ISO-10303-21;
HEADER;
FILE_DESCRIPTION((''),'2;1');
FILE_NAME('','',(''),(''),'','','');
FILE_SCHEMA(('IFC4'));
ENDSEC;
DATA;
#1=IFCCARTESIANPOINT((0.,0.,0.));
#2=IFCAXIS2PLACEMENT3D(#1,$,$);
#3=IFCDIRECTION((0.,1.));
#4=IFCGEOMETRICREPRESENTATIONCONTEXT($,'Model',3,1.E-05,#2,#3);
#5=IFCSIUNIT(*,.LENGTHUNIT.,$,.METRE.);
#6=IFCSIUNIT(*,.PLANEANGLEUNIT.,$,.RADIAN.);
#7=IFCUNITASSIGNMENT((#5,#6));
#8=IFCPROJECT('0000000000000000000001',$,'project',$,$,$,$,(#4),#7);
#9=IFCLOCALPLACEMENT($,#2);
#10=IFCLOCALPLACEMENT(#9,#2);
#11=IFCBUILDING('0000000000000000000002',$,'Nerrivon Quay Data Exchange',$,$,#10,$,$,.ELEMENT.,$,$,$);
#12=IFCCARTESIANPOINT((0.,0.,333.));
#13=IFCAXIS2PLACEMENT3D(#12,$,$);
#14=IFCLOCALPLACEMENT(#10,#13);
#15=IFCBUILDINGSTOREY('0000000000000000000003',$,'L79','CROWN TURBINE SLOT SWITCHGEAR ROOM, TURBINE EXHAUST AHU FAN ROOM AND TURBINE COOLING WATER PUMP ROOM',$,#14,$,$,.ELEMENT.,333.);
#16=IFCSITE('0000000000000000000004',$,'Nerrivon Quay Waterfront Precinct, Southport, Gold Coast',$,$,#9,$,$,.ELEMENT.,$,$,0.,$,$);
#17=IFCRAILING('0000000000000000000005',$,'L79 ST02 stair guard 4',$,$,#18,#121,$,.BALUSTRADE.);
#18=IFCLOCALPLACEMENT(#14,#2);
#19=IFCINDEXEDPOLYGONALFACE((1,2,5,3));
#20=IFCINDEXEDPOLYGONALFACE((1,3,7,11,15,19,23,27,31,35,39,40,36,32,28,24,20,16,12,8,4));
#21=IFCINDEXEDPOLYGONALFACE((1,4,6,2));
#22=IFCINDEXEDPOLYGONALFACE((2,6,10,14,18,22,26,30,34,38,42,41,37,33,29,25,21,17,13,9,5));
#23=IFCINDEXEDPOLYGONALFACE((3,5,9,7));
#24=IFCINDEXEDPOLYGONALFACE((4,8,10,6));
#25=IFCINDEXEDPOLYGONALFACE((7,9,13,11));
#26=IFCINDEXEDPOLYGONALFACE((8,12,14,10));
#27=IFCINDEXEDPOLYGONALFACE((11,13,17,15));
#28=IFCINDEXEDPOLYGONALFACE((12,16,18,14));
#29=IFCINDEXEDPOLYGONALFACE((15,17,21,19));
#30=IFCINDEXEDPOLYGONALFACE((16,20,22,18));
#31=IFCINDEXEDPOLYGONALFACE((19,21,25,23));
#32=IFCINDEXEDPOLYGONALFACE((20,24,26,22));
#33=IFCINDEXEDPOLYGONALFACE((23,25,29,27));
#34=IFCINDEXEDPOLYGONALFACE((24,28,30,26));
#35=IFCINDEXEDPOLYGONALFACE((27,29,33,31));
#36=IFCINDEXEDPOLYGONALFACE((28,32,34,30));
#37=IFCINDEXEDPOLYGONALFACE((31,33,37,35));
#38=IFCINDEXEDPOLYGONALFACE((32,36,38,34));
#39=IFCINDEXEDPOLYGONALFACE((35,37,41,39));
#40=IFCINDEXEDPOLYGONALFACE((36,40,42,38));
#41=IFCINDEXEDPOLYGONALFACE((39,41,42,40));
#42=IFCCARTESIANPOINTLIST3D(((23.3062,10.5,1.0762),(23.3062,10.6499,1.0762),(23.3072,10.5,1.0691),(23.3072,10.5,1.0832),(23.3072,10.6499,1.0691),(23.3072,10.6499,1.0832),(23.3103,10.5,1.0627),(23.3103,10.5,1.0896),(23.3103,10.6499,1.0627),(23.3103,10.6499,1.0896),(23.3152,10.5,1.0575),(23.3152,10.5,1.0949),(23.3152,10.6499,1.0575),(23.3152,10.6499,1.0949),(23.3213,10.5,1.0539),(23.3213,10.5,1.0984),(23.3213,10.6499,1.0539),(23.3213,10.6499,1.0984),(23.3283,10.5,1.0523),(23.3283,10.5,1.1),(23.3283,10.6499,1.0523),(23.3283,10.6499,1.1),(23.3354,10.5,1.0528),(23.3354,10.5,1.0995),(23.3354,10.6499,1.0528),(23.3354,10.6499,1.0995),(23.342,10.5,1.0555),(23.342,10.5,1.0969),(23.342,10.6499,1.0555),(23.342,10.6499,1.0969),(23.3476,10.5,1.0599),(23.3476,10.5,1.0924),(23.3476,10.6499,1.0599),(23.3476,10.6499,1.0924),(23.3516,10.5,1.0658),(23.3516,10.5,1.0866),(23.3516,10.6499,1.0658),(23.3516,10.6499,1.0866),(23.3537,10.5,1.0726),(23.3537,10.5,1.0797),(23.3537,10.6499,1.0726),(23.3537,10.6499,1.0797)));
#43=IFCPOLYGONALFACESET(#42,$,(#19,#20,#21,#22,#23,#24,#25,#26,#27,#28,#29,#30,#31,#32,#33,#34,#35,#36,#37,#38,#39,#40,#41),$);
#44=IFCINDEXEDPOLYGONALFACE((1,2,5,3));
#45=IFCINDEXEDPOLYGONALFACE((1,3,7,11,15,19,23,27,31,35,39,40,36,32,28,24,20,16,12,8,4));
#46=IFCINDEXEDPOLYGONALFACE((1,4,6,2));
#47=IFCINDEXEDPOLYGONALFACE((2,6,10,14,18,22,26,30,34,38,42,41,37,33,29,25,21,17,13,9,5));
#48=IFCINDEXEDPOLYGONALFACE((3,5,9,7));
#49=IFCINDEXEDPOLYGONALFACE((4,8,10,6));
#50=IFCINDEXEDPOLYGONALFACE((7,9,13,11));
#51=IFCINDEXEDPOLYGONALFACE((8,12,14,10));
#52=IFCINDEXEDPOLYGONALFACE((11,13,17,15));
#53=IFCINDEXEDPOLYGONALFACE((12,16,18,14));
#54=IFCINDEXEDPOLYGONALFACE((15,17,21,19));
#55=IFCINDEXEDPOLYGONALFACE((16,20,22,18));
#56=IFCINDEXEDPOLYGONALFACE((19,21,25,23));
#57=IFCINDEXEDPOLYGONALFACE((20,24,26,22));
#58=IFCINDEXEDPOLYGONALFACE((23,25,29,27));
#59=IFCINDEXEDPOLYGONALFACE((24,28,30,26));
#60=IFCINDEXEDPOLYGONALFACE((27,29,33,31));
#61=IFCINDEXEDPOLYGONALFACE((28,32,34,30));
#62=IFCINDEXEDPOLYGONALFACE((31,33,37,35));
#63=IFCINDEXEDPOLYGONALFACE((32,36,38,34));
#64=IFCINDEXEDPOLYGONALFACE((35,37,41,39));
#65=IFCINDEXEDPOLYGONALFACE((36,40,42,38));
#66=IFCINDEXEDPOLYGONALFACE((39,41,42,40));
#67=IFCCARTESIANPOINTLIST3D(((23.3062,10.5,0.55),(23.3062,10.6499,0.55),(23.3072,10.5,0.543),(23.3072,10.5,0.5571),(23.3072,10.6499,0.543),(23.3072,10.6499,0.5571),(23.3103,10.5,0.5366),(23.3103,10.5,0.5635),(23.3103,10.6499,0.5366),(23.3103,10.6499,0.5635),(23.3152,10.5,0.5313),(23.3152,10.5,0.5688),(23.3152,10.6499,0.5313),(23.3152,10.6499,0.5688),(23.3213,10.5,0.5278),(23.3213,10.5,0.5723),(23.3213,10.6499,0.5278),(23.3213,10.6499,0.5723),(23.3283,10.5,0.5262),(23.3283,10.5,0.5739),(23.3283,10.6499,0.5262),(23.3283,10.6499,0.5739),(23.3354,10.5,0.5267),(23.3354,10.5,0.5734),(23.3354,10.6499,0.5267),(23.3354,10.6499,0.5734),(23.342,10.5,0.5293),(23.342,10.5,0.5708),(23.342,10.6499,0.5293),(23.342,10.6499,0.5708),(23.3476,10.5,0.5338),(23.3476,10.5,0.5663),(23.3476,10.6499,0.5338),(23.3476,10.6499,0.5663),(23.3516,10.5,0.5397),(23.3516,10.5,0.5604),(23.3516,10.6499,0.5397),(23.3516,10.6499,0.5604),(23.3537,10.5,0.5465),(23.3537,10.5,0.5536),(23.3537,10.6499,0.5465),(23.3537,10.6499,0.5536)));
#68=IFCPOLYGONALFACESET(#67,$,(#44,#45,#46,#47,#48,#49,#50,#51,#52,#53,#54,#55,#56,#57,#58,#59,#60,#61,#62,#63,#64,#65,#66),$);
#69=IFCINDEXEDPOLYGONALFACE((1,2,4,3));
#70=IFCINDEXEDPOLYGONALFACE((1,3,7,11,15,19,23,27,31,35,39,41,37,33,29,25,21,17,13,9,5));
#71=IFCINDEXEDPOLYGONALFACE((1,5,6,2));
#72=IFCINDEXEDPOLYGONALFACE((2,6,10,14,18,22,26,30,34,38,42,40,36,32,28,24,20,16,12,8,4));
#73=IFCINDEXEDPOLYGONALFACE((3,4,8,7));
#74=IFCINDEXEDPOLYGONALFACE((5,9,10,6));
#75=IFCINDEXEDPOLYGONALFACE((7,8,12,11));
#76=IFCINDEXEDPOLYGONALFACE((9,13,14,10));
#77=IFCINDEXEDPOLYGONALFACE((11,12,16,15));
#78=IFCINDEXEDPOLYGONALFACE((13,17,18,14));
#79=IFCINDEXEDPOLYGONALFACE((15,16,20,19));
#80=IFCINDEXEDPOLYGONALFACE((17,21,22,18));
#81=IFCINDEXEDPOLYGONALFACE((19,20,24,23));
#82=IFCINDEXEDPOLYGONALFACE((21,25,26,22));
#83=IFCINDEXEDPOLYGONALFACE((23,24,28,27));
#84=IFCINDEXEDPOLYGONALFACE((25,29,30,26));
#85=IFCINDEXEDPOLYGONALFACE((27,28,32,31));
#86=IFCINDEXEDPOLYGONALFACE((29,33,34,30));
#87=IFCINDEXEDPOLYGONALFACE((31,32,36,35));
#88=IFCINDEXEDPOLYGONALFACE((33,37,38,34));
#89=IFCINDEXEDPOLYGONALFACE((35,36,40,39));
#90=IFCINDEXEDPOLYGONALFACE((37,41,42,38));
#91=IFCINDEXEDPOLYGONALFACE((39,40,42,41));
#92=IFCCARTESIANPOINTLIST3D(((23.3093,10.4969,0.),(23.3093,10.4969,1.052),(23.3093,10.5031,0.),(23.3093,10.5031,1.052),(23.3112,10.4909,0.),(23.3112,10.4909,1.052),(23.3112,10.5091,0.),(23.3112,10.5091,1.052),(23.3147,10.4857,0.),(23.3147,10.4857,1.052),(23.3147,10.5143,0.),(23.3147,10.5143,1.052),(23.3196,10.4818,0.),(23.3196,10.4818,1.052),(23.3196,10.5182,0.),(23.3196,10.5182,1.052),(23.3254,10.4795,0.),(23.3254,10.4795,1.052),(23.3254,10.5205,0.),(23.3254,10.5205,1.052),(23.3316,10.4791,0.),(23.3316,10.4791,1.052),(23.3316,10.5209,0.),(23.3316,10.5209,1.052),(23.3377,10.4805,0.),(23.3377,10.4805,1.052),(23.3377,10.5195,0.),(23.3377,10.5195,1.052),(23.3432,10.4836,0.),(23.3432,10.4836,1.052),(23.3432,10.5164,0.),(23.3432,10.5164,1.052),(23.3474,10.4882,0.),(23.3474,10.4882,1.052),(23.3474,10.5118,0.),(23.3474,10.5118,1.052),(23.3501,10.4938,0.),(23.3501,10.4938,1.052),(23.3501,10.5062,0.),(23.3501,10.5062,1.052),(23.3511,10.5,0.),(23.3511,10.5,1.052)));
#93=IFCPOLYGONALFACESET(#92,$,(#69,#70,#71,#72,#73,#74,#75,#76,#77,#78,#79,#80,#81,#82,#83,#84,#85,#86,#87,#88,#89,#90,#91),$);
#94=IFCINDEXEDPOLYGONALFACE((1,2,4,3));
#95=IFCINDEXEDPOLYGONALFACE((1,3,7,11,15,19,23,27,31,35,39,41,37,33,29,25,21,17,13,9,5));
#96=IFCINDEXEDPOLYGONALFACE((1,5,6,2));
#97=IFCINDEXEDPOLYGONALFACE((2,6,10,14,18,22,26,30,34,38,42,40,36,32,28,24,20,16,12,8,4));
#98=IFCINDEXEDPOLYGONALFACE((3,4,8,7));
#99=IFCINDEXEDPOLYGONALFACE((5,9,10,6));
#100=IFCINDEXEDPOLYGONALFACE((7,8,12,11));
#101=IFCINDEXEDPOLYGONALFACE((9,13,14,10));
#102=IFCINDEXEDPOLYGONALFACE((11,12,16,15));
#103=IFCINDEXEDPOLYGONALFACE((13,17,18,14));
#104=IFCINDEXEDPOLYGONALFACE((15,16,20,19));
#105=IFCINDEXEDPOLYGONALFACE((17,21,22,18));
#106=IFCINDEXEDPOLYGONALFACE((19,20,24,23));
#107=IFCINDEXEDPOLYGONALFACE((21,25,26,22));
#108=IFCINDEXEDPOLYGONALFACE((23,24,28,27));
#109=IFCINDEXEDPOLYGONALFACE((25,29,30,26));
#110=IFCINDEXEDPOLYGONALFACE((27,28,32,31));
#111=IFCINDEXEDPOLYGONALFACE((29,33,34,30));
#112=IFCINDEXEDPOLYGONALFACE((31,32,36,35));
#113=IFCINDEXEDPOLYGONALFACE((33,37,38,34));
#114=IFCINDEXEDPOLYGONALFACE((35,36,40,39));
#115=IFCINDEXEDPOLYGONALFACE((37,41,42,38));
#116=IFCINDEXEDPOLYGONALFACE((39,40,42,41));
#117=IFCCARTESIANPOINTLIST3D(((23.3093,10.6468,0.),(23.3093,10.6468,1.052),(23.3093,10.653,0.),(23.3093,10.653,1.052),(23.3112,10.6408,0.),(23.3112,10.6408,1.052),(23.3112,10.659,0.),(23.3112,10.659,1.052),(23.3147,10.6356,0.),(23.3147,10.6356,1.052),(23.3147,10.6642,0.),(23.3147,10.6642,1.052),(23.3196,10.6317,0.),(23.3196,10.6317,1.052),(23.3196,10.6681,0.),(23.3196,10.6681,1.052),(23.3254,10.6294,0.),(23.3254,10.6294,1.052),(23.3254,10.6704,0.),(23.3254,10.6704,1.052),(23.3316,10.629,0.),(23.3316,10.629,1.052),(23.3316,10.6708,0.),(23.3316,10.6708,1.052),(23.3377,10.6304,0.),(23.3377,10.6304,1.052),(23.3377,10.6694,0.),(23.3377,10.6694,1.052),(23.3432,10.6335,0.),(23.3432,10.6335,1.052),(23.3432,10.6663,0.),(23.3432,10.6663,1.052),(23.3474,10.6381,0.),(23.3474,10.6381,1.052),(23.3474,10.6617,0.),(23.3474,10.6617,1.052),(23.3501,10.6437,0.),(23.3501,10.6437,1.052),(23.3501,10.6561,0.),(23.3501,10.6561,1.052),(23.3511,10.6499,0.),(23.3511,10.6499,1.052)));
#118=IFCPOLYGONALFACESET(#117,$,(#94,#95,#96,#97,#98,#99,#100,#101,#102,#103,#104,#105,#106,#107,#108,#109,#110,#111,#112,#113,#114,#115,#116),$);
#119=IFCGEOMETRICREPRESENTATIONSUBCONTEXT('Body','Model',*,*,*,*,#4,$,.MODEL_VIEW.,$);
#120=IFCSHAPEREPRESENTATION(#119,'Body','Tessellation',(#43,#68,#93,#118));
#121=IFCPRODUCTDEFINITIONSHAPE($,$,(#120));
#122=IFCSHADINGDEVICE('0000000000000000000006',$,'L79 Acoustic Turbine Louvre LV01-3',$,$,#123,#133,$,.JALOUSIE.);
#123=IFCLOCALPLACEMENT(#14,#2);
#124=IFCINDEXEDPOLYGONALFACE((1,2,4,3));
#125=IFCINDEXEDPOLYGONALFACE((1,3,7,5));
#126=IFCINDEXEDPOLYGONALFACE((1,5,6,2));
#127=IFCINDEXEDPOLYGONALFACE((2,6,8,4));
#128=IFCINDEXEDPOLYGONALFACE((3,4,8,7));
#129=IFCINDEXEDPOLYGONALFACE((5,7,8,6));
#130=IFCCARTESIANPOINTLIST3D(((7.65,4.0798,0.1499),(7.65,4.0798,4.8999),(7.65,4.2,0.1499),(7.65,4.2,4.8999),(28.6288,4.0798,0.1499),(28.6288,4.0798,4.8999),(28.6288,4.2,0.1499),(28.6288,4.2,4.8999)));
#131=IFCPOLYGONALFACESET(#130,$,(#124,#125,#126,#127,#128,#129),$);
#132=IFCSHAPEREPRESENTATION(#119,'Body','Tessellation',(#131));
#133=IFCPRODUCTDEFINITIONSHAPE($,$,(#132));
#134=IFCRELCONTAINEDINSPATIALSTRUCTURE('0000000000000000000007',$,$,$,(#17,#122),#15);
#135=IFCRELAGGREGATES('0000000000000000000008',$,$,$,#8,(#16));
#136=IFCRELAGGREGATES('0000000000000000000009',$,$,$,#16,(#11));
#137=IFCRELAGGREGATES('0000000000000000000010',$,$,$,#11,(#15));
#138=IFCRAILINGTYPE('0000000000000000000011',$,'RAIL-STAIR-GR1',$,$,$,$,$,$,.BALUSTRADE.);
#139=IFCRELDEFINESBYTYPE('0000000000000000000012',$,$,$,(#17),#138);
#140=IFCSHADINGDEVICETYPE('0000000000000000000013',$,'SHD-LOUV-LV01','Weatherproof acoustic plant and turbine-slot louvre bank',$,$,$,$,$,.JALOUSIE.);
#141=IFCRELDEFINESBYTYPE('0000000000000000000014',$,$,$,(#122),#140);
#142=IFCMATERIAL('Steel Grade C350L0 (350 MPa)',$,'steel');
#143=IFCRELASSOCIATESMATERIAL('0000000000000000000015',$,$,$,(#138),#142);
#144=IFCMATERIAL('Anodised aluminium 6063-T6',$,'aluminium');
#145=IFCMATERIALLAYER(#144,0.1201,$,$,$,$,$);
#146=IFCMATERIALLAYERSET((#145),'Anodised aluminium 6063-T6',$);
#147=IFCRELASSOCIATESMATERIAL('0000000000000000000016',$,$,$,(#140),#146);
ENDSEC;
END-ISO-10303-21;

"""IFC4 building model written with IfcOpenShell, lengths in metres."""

from ifc_helpers import new_model, si_unit, direction, frame, origin, origin_2d, place, context, subcontext, project, spatial, rectangle, circle, extrude, material, layer, layer_set, type_object, element, save


model = new_model("IFC4")

# Units and contexts
model_context = context("Model", 3, precision=1e-05, world=origin(), true_north=direction((0.0, 1.0)))
body_context = subcontext(model_context, "Body", "Model", "MODEL_VIEW")
ifc_project = project(units=[si_unit("LENGTHUNIT", "METRE"), si_unit("PLANEANGLEUNIT", "RADIAN")], contexts=[model_context])

# Site, building, storey
site_placement = place(None, origin())
site = spatial("IfcSite", under=ifc_project, at=site_placement, Name="Nerrivon Quay Waterfront Precinct, Southport, Gold Coast", CompositionType="ELEMENT", RefElevation=0.0)
building_placement = place(site_placement, origin())
building = spatial("IfcBuilding", under=site, at=building_placement, Name="Nerrivon Quay Data Exchange", CompositionType="ELEMENT")
storey_placement = place(building_placement, frame((0.0, 0.0, 333.0)))
storey = spatial("IfcBuildingStorey", under=building, at=storey_placement, Name="L79", Description="CROWN TURBINE SLOT SWITCHGEAR ROOM, TURBINE EXHAUST AHU FAN ROOM AND TURBINE COOLING WATER PUMP ROOM", CompositionType="ELEMENT", Elevation=333.0)

# Shared definitions
ifc_material_1 = material(Name="Steel Grade C350L0 (350 MPa)", Category="steel")

# Railing
railing_type_1 = type_object("IfcRailingType", Name="RAIL-STAIR-GR1", PredefinedType="BALUSTRADE", material=ifc_material_1)
railing_1_placement = place(storey_placement, frame((23.3301, 10.5, 0.0)))
element("IfcRailing", 1, at=railing_1_placement, inside=storey, type_object=railing_type_1, Name="L79 ST02 stair guard 4", PredefinedType="BALUSTRADE", context=body_context, shape_type="SweptSolid", body=[
    extrude(circle(Radius=0.0239, at=origin_2d()), frame((0.0, 0.0, 1.0762), z_axis=(0.0, 1.0, 0.0), x_axis=(-1.0, 0.0, 0.0)), (0.0, 0.0, 1.0), 0.1499),
    extrude(circle(Radius=0.0239, at=origin_2d()), frame((0.0, 0.0, 0.55), z_axis=(0.0, 1.0, 0.0), x_axis=(-1.0, 0.0, 0.0)), (0.0, 0.0, 1.0), 0.1499),
    extrude(circle(Radius=0.021, at=origin_2d()), origin(), (0.0, 0.0, 1.0), 1.052),
    extrude(circle(Radius=0.021, at=origin_2d()), frame((0.0, 0.1499, 0.0)), (0.0, 0.0, 1.0), 1.052),
])

# Shading device
ifc_material_2 = material(Name="Anodised aluminium 6063-T6", Category="aluminium")
ifc_layer_1 = layer(ifc_material_2, 0.1201)
ifc_layer_set_1 = layer_set([ifc_layer_1], Name="Anodised aluminium 6063-T6")
shading_device_type = type_object("IfcShadingDeviceType", Name="SHD-LOUV-LV01", Description="Weatherproof acoustic plant and turbine-slot louvre bank", PredefinedType="JALOUSIE", material=ifc_layer_set_1)
shading_device_placement = place(storey_placement, frame((18.1394, 4.1399, 0.1499), z_axis=(0.0, 0.0, 1.0), x_axis=(-1.0, 0.0, 0.0)))
element("IfcShadingDevice", 2, at=shading_device_placement, inside=storey, type_object=shading_device_type, Name="L79 Acoustic Turbine Louvre LV01-3", PredefinedType="JALOUSIE", context=body_context, shape_type="SweptSolid", body=[
    extrude(rectangle(XDim=20.9788, YDim=0.1201, at=origin_2d()), origin(), (0.0, 0.0, 1.0), 4.75),
])

save(model, "model.ifc")
